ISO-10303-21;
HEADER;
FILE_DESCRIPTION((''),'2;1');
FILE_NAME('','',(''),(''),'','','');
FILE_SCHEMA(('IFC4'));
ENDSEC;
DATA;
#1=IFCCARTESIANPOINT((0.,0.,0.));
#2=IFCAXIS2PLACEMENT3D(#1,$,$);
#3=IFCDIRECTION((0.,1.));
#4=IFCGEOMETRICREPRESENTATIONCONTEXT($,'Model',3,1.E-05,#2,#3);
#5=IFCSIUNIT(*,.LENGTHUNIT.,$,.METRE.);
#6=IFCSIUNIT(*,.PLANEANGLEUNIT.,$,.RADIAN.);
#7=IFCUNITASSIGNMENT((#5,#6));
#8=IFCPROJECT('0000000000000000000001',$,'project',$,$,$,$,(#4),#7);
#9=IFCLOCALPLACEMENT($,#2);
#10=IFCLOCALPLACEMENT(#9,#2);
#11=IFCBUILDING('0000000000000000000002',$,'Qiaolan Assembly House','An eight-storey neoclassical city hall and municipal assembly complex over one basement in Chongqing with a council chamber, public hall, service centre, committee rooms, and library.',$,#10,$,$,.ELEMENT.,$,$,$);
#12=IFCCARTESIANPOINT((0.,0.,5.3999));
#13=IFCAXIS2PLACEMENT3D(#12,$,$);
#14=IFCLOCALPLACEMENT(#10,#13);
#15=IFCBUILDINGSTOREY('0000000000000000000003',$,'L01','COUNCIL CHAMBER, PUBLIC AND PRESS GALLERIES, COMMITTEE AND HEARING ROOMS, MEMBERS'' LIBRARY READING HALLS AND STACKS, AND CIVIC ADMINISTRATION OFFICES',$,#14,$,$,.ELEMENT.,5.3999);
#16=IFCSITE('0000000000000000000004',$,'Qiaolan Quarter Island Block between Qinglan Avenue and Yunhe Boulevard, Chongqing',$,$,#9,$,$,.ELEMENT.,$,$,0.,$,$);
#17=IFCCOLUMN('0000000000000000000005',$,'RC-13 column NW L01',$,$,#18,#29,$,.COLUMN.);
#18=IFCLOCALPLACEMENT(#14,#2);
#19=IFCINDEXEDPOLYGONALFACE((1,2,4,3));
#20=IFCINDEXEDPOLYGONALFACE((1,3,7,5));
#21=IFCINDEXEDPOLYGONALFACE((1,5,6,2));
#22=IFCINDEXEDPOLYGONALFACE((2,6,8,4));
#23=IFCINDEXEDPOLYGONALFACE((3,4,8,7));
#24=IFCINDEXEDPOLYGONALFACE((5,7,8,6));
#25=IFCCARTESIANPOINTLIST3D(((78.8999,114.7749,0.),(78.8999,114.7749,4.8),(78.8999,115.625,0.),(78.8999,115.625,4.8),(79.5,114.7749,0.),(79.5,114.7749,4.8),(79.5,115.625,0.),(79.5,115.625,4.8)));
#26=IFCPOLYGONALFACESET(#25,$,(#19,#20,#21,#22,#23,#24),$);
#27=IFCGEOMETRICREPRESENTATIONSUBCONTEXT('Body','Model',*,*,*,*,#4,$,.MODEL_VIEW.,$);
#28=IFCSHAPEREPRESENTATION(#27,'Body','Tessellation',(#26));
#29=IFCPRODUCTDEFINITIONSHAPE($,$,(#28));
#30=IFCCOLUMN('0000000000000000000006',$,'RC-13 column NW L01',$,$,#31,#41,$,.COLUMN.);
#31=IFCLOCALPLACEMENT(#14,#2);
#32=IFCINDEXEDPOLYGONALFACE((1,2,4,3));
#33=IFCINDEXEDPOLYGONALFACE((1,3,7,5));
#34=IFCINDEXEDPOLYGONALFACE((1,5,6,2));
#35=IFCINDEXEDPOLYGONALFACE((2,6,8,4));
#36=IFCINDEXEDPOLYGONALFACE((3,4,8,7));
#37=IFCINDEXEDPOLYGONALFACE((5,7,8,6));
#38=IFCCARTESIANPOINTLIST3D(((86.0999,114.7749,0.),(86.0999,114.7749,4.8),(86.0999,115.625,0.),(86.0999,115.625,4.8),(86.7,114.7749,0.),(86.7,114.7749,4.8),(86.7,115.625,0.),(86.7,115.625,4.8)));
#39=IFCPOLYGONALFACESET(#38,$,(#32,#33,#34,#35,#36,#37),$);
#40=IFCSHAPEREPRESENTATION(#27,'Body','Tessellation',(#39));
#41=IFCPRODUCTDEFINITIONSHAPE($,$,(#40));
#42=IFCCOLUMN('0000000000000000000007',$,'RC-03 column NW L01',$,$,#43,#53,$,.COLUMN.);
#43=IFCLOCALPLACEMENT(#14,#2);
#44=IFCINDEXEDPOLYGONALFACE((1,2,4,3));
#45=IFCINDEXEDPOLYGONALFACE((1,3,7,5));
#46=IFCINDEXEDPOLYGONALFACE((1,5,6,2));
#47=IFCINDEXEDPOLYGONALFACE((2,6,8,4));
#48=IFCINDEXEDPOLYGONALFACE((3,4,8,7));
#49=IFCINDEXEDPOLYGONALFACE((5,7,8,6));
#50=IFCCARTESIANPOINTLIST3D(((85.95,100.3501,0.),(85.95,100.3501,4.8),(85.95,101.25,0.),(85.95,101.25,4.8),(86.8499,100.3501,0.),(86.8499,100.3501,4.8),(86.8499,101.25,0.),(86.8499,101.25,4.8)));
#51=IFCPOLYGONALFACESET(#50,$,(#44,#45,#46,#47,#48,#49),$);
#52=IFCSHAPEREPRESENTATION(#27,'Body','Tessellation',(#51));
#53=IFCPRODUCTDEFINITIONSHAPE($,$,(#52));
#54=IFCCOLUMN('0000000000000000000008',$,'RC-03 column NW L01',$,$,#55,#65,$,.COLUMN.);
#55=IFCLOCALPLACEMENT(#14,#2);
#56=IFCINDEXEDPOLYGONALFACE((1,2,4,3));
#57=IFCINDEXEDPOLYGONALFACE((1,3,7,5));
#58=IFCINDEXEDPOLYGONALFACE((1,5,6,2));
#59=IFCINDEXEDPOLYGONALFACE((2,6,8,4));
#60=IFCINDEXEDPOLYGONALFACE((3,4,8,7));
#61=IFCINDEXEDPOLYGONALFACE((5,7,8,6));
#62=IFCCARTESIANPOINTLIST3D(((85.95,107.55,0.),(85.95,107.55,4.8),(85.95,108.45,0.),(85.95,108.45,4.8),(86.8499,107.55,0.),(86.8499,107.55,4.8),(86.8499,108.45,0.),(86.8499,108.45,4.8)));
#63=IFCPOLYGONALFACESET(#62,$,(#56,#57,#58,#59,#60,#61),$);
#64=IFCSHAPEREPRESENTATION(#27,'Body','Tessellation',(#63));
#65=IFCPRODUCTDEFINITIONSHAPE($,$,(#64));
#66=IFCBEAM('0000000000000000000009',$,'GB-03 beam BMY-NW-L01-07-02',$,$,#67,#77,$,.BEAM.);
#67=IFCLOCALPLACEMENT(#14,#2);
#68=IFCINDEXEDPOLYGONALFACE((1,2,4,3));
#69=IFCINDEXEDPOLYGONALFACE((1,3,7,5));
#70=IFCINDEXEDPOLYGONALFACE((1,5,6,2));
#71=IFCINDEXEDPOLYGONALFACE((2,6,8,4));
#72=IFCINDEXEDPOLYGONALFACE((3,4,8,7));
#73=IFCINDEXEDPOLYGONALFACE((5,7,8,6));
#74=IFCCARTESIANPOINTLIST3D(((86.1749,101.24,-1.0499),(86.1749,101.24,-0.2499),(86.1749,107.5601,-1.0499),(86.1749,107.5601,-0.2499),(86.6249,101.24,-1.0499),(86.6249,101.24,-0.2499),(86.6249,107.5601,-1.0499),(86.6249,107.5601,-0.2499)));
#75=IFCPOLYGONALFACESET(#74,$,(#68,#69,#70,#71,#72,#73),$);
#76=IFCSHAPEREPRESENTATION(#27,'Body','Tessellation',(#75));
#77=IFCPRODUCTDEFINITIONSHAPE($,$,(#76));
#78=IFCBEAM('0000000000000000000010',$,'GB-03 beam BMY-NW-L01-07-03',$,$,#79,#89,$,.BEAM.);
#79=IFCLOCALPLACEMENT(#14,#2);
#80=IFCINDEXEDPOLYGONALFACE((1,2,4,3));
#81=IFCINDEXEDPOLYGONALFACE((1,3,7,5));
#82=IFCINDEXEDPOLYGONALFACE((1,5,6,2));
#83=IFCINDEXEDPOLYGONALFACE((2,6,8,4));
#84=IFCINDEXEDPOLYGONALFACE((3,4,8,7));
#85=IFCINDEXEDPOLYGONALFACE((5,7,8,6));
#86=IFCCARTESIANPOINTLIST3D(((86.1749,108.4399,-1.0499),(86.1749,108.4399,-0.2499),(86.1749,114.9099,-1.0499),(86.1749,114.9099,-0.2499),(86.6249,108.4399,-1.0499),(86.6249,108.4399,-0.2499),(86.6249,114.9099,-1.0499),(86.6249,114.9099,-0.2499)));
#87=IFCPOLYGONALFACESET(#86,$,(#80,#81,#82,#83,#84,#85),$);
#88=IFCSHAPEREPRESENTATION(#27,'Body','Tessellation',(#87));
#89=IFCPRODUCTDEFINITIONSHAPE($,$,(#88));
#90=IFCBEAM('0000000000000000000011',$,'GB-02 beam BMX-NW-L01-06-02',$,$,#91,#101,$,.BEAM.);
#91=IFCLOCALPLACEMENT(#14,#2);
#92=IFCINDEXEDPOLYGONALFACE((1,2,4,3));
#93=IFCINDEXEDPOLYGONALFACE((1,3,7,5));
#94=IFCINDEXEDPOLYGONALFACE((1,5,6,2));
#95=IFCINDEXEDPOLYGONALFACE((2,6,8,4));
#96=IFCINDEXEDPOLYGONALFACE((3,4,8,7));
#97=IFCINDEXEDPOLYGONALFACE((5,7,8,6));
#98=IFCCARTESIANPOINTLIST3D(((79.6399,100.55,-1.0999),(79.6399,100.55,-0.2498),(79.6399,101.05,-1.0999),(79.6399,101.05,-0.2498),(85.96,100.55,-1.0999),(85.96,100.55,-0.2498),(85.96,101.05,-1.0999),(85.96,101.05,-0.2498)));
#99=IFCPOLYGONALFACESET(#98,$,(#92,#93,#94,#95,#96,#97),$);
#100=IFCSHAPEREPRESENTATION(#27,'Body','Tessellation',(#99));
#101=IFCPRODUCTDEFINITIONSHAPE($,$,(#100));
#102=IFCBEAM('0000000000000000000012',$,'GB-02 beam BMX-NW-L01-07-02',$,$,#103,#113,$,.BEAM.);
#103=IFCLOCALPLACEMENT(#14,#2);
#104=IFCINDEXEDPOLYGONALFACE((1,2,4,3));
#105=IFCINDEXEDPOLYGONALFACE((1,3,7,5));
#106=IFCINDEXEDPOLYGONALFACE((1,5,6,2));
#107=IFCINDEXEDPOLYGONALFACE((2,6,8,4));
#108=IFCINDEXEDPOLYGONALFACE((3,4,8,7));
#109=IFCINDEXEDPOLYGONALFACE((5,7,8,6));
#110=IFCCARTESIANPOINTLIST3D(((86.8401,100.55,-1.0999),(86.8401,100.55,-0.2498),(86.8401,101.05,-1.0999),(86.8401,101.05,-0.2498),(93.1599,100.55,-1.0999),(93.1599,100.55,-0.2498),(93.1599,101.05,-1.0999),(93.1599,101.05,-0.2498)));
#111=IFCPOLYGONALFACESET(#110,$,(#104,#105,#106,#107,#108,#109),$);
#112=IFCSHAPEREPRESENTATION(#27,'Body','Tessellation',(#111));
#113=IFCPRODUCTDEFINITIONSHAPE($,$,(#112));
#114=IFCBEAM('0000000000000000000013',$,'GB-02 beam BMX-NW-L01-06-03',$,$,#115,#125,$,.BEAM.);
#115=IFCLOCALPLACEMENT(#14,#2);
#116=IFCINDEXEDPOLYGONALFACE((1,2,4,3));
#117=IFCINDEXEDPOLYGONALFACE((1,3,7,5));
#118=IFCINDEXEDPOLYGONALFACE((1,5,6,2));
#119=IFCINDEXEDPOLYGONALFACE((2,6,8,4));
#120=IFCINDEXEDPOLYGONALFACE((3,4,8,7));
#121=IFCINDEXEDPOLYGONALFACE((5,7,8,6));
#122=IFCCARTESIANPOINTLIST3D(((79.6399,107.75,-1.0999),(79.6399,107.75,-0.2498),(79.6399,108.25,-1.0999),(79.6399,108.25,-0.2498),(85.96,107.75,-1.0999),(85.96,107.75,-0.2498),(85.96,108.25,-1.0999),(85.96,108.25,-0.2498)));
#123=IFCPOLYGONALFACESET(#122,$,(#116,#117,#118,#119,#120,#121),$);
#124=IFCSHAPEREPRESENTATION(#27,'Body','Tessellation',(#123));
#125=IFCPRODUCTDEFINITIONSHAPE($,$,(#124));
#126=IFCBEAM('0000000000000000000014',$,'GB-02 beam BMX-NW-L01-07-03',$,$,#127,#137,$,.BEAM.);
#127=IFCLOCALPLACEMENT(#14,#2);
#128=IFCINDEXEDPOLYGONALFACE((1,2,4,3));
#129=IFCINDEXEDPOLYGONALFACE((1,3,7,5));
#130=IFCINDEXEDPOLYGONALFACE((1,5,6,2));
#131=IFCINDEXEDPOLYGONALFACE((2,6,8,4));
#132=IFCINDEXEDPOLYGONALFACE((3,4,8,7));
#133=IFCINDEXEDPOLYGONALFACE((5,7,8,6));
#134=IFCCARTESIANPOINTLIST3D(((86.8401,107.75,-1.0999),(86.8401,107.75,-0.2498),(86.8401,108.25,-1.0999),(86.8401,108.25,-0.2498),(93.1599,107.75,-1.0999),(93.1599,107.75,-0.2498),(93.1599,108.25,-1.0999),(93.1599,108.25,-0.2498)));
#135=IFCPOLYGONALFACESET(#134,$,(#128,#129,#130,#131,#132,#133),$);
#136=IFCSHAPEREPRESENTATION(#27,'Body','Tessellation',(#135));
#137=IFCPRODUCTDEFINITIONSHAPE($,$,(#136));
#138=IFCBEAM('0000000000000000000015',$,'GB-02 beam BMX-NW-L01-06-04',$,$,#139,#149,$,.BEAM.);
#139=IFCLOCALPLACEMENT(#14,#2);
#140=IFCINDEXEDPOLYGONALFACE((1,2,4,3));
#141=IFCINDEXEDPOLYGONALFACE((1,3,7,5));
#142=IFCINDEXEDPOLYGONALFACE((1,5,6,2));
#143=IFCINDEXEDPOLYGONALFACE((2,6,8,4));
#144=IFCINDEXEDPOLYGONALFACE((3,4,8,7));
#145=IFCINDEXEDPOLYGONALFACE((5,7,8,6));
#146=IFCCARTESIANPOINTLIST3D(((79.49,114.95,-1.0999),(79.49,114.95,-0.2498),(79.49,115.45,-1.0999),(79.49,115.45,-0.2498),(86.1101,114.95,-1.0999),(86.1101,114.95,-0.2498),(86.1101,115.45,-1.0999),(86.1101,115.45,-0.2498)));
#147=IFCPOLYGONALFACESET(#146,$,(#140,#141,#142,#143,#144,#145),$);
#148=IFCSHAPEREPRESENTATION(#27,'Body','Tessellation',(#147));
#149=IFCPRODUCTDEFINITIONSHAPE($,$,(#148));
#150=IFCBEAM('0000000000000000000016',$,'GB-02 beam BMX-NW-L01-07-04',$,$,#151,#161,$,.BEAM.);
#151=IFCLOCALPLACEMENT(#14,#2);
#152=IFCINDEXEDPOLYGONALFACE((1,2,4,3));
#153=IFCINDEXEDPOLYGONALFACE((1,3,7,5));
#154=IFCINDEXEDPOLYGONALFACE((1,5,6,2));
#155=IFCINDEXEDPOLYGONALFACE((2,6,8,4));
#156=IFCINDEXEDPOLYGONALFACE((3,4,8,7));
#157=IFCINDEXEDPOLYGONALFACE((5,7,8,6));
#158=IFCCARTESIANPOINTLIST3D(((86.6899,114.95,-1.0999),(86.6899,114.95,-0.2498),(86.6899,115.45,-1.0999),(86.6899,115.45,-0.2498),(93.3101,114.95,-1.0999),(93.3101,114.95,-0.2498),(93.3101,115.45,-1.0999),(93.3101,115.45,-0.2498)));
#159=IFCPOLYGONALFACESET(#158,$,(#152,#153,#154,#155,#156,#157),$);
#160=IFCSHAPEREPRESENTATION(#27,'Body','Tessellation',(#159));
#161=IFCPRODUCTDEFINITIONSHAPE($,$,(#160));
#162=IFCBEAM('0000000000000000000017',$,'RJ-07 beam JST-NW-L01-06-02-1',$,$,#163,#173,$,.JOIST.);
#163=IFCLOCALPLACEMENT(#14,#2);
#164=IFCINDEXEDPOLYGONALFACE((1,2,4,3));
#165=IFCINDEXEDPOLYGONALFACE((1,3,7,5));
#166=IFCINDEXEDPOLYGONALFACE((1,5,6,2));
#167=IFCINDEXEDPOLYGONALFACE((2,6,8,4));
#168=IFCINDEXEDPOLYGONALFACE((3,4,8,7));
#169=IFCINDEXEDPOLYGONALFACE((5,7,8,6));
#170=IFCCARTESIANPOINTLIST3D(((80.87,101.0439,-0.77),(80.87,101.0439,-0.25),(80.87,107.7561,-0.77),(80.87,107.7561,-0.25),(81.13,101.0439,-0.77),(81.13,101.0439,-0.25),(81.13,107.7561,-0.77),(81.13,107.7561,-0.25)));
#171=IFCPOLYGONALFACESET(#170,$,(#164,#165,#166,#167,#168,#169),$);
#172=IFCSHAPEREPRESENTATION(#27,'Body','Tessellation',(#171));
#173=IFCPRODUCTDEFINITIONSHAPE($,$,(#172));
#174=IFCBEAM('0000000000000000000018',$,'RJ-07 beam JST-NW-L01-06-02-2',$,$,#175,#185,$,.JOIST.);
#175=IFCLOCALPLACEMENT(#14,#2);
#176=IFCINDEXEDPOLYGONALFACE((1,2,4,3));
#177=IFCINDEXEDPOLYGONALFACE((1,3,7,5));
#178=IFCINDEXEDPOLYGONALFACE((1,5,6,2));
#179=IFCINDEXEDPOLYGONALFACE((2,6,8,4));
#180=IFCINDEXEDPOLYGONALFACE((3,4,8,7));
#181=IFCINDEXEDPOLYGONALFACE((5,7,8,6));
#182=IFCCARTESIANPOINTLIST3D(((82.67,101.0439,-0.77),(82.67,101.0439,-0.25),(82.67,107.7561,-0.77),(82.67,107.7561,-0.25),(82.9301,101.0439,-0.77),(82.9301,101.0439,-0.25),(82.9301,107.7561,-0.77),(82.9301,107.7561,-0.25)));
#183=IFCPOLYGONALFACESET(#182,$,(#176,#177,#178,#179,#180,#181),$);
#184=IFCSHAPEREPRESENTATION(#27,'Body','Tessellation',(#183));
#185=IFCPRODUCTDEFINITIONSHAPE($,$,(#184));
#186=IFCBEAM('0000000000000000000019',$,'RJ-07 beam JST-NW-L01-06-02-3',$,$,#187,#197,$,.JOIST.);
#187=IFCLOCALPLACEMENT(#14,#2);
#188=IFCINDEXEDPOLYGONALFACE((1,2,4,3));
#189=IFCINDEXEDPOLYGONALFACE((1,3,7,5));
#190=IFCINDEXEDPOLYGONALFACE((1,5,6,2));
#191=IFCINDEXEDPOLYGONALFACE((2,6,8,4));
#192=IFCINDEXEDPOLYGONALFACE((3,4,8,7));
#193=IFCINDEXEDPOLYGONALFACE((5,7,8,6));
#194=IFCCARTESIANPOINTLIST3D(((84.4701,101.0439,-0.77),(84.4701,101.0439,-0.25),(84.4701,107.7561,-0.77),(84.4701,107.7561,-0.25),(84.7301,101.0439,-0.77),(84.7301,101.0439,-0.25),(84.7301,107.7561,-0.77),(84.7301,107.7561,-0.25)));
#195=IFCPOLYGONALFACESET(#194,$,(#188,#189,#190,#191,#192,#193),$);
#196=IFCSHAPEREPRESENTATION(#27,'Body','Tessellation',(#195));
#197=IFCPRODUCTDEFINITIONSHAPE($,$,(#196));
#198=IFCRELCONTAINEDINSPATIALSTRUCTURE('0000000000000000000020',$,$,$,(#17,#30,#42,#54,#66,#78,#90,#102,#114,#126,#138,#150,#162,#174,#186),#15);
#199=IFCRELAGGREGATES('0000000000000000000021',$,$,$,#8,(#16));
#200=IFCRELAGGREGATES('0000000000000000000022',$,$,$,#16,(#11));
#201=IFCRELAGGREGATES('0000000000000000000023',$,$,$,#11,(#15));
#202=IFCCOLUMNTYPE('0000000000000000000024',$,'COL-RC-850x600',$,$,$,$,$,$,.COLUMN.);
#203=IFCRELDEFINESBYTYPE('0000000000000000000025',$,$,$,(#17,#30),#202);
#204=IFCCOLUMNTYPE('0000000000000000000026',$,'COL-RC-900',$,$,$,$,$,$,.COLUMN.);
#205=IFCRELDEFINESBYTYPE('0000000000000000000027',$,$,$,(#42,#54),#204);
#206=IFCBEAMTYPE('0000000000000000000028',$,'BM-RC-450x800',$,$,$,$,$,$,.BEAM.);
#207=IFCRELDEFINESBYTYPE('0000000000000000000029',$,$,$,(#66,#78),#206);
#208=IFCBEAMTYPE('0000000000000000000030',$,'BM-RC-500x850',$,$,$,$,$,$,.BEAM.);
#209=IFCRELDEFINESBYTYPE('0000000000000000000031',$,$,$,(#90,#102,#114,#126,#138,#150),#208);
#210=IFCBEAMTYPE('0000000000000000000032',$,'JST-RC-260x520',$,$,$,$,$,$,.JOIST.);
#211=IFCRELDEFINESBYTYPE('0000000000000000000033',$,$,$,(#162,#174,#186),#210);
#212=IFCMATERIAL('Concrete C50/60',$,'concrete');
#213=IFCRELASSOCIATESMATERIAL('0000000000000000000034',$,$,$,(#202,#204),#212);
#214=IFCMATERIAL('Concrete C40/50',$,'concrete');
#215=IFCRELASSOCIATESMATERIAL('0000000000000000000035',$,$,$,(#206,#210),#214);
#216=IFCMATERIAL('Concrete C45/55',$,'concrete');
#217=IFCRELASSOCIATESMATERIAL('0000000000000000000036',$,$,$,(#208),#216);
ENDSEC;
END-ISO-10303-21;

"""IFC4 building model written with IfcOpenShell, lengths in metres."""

from ifc_helpers import new_model, si_unit, direction, frame, origin, origin_2d, place, context, subcontext, project, spatial, rectangle, extrude, material, material_profile, profile_set, type_object, element, save


model = new_model("IFC4")

# Units and contexts
model_context = context("Model", 3, precision=1e-05, world=origin(), true_north=direction((0.0, 1.0)))
body_context = subcontext(model_context, "Body", "Model", "MODEL_VIEW")
ifc_project = project(units=[si_unit("LENGTHUNIT", "METRE"), si_unit("PLANEANGLEUNIT", "RADIAN")], contexts=[model_context])

# Site, building, storey
site_placement = place(None, origin())
site = spatial("IfcSite", under=ifc_project, at=site_placement, Name="Qiaolan Quarter Island Block between Qinglan Avenue and Yunhe Boulevard, Chongqing", CompositionType="ELEMENT", RefElevation=0.0)
building_placement = place(site_placement, origin())
building = spatial("IfcBuilding", under=site, at=building_placement, Name="Qiaolan Assembly House", Description="An eight-storey neoclassical city hall and municipal assembly complex over one basement in Chongqing with a council chamber, public hall, service centre, committee rooms, and library.", CompositionType="ELEMENT")
storey_placement = place(building_placement, frame((0.0, 0.0, 5.3999)))
storey = spatial("IfcBuildingStorey", under=building, at=storey_placement, Name="L01", Description="COUNCIL CHAMBER, PUBLIC AND PRESS GALLERIES, COMMITTEE AND HEARING ROOMS, MEMBERS' LIBRARY READING HALLS AND STACKS, AND CIVIC ADMINISTRATION OFFICES", CompositionType="ELEMENT", Elevation=5.3999)

# Columns
ifc_material_1 = material(Name="Concrete C50/60", Category="concrete")
ifc_material_profile_1 = material_profile(ifc_material_1, rectangle(XDim=0.6001, YDim=0.8501, at=origin_2d()), Name="RC 850x600")
ifc_profile_set_1 = profile_set([ifc_material_profile_1], Name="Concrete C50/60")
column_type_1 = type_object("IfcColumnType", Name="COL-RC-850x600", PredefinedType="COLUMN", material=ifc_profile_set_1)
for number, where, z_axis, x_axis, name in (
    (1, (79.2, 115.2, 0.0), (0.0, 0.0, 1.0), (1.0, 0.0, 0.0), "RC-13 column NW L01"),
    (2, (86.3999, 115.2, 0.0), (0.0, 0.0, 1.0), (1.0, 0.0, 0.0), "RC-13 column NW L01"),
):
    element("IfcColumn", number, at=place(storey_placement, frame(where, z_axis=z_axis, x_axis=x_axis)), inside=storey, type_object=column_type_1, Name=name, PredefinedType="COLUMN", context=body_context, shape_type="SweptSolid", body=[
        extrude(rectangle(XDim=0.6001, YDim=0.8501, at=origin_2d()), origin(), (0.0, 0.0, 1.0), 4.8),
    ])
ifc_material_profile_2 = material_profile(ifc_material_1, rectangle(XDim=0.8999, YDim=0.8999, at=origin_2d()), Name="RC 900x900")
ifc_profile_set_2 = profile_set([ifc_material_profile_2], Name="Concrete C50/60")
column_type_2 = type_object("IfcColumnType", Name="COL-RC-900", PredefinedType="COLUMN", material=ifc_profile_set_2)
for number, where, z_axis, x_axis, name in (
    (3, (86.3999, 100.8, 0.0), (0.0, 0.0, 1.0), (1.0, 0.0, 0.0), "RC-03 column NW L01"),
    (4, (86.3999, 108.0, 0.0), (0.0, 0.0, 1.0), (1.0, 0.0, 0.0), "RC-03 column NW L01"),
):
    element("IfcColumn", number, at=place(storey_placement, frame(where, z_axis=z_axis, x_axis=x_axis)), inside=storey, type_object=column_type_2, Name=name, PredefinedType="COLUMN", context=body_context, shape_type="SweptSolid", body=[
        extrude(rectangle(XDim=0.8999, YDim=0.8999, at=origin_2d()), origin(), (0.0, 0.0, 1.0), 4.8),
    ])

# Beams
ifc_material_2 = material(Name="Concrete C40/50", Category="concrete")
ifc_material_profile_3 = material_profile(ifc_material_2, rectangle(XDim=0.45, YDim=0.8, at=origin_2d()), Name="RCB 450x800")
ifc_profile_set_3 = profile_set([ifc_material_profile_3], Name="Concrete C40/50")
beam_type_1 = type_object("IfcBeamType", Name="BM-RC-450x800", PredefinedType="BEAM", material=ifc_profile_set_3)
beam_1_placement = place(storey_placement, frame((86.3999, 101.24, -0.6499), z_axis=(0.0, 1.0, 0.0), x_axis=(-1.0, 0.0, 0.0)))
element("IfcBeam", 5, at=beam_1_placement, inside=storey, type_object=beam_type_1, Name="GB-03 beam BMY-NW-L01-07-02", PredefinedType="BEAM", context=body_context, shape_type="SweptSolid", body=[
    extrude(rectangle(XDim=0.45, YDim=0.8, at=origin_2d()), origin(), (0.0, 0.0, 1.0), 6.3201),
])
beam_2_placement = place(storey_placement, frame((86.3999, 108.4399, -0.6499), z_axis=(0.0, 1.0, 0.0), x_axis=(-1.0, 0.0, 0.0)))
element("IfcBeam", 6, at=beam_2_placement, inside=storey, type_object=beam_type_1, Name="GB-03 beam BMY-NW-L01-07-03", PredefinedType="BEAM", context=body_context, shape_type="SweptSolid", body=[
    extrude(rectangle(XDim=0.45, YDim=0.8, at=origin_2d()), origin(), (0.0, 0.0, 1.0), 6.47),
])
ifc_material_3 = material(Name="Concrete C45/55", Category="concrete")
ifc_material_profile_4 = material_profile(ifc_material_3, rectangle(XDim=0.5, YDim=0.8501, at=origin_2d()), Name="RCB 500x850")
ifc_profile_set_4 = profile_set([ifc_material_profile_4], Name="Concrete C45/55")
beam_type_2 = type_object("IfcBeamType", Name="BM-RC-500x850", PredefinedType="BEAM", material=ifc_profile_set_4)
beam_3_placement = place(storey_placement, frame((79.6399, 100.8, -0.6748), z_axis=(1.0, 0.0, 0.0), x_axis=(0.0, 1.0, 0.0)))
element("IfcBeam", 7, at=beam_3_placement, inside=storey, type_object=beam_type_2, Name="GB-02 beam BMX-NW-L01-06-02", PredefinedType="BEAM", context=body_context, shape_type="SweptSolid", body=[
    extrude(rectangle(XDim=0.5, YDim=0.8501, at=origin_2d()), origin(), (0.0, 0.0, 1.0), 6.3201),
])
beam_4_placement = place(storey_placement, frame((86.8401, 100.8, -0.6748), z_axis=(1.0, 0.0, 0.0), x_axis=(0.0, 1.0, 0.0)))
element("IfcBeam", 8, at=beam_4_placement, inside=storey, type_object=beam_type_2, Name="GB-02 beam BMX-NW-L01-07-02", PredefinedType="BEAM", context=body_context, shape_type="SweptSolid", body=[
    extrude(rectangle(XDim=0.5, YDim=0.8501, at=origin_2d()), origin(), (0.0, 0.0, 1.0), 6.3198),
])
beam_5_placement = place(storey_placement, frame((79.6399, 108.0, -0.6748), z_axis=(1.0, 0.0, 0.0), x_axis=(0.0, 1.0, 0.0)))
element("IfcBeam", 9, at=beam_5_placement, inside=storey, type_object=beam_type_2, Name="GB-02 beam BMX-NW-L01-06-03", PredefinedType="BEAM", context=body_context, shape_type="SweptSolid", body=[
    extrude(rectangle(XDim=0.5, YDim=0.8501, at=origin_2d()), origin(), (0.0, 0.0, 1.0), 6.3201),
])
beam_6_placement = place(storey_placement, frame((86.8401, 108.0, -0.6748), z_axis=(1.0, 0.0, 0.0), x_axis=(0.0, 1.0, 0.0)))
element("IfcBeam", 10, at=beam_6_placement, inside=storey, type_object=beam_type_2, Name="GB-02 beam BMX-NW-L01-07-03", PredefinedType="BEAM", context=body_context, shape_type="SweptSolid", body=[
    extrude(rectangle(XDim=0.5, YDim=0.8501, at=origin_2d()), origin(), (0.0, 0.0, 1.0), 6.3198),
])
for number, where, z_axis, x_axis, name in (
    (11, (79.49, 115.2, -0.6748), (1.0, 0.0, 0.0), (0.0, 1.0, 0.0), "GB-02 beam BMX-NW-L01-06-04"),
    (12, (86.6899, 115.2, -0.6748), (1.0, 0.0, 0.0), (0.0, 1.0, 0.0), "GB-02 beam BMX-NW-L01-07-04"),
):
    element("IfcBeam", number, at=place(storey_placement, frame(where, z_axis=z_axis, x_axis=x_axis)), inside=storey, type_object=beam_type_2, Name=name, PredefinedType="BEAM", context=body_context, shape_type="SweptSolid", body=[
        extrude(rectangle(XDim=0.5, YDim=0.8501, at=origin_2d()), origin(), (0.0, 0.0, 1.0), 6.6201),
    ])
ifc_material_profile_5 = material_profile(ifc_material_2, rectangle(XDim=0.26, YDim=0.52, at=origin_2d()), Name="RCB 260x520")
ifc_profile_set_5 = profile_set([ifc_material_profile_5], Name="Concrete C40/50")
beam_type_3 = type_object("IfcBeamType", Name="JST-RC-260x520", PredefinedType="JOIST", material=ifc_profile_set_5)
for number, where, z_axis, x_axis, name in (
    (13, (81.0, 101.0439, -0.51), (0.0, 1.0, 0.0), (-1.0, 0.0, 0.0), "RJ-07 beam JST-NW-L01-06-02-1"),
    (14, (82.8, 101.0439, -0.51), (0.0, 1.0, 0.0), (-1.0, 0.0, 0.0), "RJ-07 beam JST-NW-L01-06-02-2"),
    (15, (84.6001, 101.0439, -0.51), (0.0, 1.0, 0.0), (-1.0, 0.0, 0.0), "RJ-07 beam JST-NW-L01-06-02-3"),
):
    element("IfcBeam", number, at=place(storey_placement, frame(where, z_axis=z_axis, x_axis=x_axis)), inside=storey, type_object=beam_type_3, Name=name, PredefinedType="JOIST", context=body_context, shape_type="SweptSolid", body=[
        extrude(rectangle(XDim=0.26, YDim=0.52, at=origin_2d()), origin(), (0.0, 0.0, 1.0), 6.7122),
    ])

save(model, "model.ifc")
